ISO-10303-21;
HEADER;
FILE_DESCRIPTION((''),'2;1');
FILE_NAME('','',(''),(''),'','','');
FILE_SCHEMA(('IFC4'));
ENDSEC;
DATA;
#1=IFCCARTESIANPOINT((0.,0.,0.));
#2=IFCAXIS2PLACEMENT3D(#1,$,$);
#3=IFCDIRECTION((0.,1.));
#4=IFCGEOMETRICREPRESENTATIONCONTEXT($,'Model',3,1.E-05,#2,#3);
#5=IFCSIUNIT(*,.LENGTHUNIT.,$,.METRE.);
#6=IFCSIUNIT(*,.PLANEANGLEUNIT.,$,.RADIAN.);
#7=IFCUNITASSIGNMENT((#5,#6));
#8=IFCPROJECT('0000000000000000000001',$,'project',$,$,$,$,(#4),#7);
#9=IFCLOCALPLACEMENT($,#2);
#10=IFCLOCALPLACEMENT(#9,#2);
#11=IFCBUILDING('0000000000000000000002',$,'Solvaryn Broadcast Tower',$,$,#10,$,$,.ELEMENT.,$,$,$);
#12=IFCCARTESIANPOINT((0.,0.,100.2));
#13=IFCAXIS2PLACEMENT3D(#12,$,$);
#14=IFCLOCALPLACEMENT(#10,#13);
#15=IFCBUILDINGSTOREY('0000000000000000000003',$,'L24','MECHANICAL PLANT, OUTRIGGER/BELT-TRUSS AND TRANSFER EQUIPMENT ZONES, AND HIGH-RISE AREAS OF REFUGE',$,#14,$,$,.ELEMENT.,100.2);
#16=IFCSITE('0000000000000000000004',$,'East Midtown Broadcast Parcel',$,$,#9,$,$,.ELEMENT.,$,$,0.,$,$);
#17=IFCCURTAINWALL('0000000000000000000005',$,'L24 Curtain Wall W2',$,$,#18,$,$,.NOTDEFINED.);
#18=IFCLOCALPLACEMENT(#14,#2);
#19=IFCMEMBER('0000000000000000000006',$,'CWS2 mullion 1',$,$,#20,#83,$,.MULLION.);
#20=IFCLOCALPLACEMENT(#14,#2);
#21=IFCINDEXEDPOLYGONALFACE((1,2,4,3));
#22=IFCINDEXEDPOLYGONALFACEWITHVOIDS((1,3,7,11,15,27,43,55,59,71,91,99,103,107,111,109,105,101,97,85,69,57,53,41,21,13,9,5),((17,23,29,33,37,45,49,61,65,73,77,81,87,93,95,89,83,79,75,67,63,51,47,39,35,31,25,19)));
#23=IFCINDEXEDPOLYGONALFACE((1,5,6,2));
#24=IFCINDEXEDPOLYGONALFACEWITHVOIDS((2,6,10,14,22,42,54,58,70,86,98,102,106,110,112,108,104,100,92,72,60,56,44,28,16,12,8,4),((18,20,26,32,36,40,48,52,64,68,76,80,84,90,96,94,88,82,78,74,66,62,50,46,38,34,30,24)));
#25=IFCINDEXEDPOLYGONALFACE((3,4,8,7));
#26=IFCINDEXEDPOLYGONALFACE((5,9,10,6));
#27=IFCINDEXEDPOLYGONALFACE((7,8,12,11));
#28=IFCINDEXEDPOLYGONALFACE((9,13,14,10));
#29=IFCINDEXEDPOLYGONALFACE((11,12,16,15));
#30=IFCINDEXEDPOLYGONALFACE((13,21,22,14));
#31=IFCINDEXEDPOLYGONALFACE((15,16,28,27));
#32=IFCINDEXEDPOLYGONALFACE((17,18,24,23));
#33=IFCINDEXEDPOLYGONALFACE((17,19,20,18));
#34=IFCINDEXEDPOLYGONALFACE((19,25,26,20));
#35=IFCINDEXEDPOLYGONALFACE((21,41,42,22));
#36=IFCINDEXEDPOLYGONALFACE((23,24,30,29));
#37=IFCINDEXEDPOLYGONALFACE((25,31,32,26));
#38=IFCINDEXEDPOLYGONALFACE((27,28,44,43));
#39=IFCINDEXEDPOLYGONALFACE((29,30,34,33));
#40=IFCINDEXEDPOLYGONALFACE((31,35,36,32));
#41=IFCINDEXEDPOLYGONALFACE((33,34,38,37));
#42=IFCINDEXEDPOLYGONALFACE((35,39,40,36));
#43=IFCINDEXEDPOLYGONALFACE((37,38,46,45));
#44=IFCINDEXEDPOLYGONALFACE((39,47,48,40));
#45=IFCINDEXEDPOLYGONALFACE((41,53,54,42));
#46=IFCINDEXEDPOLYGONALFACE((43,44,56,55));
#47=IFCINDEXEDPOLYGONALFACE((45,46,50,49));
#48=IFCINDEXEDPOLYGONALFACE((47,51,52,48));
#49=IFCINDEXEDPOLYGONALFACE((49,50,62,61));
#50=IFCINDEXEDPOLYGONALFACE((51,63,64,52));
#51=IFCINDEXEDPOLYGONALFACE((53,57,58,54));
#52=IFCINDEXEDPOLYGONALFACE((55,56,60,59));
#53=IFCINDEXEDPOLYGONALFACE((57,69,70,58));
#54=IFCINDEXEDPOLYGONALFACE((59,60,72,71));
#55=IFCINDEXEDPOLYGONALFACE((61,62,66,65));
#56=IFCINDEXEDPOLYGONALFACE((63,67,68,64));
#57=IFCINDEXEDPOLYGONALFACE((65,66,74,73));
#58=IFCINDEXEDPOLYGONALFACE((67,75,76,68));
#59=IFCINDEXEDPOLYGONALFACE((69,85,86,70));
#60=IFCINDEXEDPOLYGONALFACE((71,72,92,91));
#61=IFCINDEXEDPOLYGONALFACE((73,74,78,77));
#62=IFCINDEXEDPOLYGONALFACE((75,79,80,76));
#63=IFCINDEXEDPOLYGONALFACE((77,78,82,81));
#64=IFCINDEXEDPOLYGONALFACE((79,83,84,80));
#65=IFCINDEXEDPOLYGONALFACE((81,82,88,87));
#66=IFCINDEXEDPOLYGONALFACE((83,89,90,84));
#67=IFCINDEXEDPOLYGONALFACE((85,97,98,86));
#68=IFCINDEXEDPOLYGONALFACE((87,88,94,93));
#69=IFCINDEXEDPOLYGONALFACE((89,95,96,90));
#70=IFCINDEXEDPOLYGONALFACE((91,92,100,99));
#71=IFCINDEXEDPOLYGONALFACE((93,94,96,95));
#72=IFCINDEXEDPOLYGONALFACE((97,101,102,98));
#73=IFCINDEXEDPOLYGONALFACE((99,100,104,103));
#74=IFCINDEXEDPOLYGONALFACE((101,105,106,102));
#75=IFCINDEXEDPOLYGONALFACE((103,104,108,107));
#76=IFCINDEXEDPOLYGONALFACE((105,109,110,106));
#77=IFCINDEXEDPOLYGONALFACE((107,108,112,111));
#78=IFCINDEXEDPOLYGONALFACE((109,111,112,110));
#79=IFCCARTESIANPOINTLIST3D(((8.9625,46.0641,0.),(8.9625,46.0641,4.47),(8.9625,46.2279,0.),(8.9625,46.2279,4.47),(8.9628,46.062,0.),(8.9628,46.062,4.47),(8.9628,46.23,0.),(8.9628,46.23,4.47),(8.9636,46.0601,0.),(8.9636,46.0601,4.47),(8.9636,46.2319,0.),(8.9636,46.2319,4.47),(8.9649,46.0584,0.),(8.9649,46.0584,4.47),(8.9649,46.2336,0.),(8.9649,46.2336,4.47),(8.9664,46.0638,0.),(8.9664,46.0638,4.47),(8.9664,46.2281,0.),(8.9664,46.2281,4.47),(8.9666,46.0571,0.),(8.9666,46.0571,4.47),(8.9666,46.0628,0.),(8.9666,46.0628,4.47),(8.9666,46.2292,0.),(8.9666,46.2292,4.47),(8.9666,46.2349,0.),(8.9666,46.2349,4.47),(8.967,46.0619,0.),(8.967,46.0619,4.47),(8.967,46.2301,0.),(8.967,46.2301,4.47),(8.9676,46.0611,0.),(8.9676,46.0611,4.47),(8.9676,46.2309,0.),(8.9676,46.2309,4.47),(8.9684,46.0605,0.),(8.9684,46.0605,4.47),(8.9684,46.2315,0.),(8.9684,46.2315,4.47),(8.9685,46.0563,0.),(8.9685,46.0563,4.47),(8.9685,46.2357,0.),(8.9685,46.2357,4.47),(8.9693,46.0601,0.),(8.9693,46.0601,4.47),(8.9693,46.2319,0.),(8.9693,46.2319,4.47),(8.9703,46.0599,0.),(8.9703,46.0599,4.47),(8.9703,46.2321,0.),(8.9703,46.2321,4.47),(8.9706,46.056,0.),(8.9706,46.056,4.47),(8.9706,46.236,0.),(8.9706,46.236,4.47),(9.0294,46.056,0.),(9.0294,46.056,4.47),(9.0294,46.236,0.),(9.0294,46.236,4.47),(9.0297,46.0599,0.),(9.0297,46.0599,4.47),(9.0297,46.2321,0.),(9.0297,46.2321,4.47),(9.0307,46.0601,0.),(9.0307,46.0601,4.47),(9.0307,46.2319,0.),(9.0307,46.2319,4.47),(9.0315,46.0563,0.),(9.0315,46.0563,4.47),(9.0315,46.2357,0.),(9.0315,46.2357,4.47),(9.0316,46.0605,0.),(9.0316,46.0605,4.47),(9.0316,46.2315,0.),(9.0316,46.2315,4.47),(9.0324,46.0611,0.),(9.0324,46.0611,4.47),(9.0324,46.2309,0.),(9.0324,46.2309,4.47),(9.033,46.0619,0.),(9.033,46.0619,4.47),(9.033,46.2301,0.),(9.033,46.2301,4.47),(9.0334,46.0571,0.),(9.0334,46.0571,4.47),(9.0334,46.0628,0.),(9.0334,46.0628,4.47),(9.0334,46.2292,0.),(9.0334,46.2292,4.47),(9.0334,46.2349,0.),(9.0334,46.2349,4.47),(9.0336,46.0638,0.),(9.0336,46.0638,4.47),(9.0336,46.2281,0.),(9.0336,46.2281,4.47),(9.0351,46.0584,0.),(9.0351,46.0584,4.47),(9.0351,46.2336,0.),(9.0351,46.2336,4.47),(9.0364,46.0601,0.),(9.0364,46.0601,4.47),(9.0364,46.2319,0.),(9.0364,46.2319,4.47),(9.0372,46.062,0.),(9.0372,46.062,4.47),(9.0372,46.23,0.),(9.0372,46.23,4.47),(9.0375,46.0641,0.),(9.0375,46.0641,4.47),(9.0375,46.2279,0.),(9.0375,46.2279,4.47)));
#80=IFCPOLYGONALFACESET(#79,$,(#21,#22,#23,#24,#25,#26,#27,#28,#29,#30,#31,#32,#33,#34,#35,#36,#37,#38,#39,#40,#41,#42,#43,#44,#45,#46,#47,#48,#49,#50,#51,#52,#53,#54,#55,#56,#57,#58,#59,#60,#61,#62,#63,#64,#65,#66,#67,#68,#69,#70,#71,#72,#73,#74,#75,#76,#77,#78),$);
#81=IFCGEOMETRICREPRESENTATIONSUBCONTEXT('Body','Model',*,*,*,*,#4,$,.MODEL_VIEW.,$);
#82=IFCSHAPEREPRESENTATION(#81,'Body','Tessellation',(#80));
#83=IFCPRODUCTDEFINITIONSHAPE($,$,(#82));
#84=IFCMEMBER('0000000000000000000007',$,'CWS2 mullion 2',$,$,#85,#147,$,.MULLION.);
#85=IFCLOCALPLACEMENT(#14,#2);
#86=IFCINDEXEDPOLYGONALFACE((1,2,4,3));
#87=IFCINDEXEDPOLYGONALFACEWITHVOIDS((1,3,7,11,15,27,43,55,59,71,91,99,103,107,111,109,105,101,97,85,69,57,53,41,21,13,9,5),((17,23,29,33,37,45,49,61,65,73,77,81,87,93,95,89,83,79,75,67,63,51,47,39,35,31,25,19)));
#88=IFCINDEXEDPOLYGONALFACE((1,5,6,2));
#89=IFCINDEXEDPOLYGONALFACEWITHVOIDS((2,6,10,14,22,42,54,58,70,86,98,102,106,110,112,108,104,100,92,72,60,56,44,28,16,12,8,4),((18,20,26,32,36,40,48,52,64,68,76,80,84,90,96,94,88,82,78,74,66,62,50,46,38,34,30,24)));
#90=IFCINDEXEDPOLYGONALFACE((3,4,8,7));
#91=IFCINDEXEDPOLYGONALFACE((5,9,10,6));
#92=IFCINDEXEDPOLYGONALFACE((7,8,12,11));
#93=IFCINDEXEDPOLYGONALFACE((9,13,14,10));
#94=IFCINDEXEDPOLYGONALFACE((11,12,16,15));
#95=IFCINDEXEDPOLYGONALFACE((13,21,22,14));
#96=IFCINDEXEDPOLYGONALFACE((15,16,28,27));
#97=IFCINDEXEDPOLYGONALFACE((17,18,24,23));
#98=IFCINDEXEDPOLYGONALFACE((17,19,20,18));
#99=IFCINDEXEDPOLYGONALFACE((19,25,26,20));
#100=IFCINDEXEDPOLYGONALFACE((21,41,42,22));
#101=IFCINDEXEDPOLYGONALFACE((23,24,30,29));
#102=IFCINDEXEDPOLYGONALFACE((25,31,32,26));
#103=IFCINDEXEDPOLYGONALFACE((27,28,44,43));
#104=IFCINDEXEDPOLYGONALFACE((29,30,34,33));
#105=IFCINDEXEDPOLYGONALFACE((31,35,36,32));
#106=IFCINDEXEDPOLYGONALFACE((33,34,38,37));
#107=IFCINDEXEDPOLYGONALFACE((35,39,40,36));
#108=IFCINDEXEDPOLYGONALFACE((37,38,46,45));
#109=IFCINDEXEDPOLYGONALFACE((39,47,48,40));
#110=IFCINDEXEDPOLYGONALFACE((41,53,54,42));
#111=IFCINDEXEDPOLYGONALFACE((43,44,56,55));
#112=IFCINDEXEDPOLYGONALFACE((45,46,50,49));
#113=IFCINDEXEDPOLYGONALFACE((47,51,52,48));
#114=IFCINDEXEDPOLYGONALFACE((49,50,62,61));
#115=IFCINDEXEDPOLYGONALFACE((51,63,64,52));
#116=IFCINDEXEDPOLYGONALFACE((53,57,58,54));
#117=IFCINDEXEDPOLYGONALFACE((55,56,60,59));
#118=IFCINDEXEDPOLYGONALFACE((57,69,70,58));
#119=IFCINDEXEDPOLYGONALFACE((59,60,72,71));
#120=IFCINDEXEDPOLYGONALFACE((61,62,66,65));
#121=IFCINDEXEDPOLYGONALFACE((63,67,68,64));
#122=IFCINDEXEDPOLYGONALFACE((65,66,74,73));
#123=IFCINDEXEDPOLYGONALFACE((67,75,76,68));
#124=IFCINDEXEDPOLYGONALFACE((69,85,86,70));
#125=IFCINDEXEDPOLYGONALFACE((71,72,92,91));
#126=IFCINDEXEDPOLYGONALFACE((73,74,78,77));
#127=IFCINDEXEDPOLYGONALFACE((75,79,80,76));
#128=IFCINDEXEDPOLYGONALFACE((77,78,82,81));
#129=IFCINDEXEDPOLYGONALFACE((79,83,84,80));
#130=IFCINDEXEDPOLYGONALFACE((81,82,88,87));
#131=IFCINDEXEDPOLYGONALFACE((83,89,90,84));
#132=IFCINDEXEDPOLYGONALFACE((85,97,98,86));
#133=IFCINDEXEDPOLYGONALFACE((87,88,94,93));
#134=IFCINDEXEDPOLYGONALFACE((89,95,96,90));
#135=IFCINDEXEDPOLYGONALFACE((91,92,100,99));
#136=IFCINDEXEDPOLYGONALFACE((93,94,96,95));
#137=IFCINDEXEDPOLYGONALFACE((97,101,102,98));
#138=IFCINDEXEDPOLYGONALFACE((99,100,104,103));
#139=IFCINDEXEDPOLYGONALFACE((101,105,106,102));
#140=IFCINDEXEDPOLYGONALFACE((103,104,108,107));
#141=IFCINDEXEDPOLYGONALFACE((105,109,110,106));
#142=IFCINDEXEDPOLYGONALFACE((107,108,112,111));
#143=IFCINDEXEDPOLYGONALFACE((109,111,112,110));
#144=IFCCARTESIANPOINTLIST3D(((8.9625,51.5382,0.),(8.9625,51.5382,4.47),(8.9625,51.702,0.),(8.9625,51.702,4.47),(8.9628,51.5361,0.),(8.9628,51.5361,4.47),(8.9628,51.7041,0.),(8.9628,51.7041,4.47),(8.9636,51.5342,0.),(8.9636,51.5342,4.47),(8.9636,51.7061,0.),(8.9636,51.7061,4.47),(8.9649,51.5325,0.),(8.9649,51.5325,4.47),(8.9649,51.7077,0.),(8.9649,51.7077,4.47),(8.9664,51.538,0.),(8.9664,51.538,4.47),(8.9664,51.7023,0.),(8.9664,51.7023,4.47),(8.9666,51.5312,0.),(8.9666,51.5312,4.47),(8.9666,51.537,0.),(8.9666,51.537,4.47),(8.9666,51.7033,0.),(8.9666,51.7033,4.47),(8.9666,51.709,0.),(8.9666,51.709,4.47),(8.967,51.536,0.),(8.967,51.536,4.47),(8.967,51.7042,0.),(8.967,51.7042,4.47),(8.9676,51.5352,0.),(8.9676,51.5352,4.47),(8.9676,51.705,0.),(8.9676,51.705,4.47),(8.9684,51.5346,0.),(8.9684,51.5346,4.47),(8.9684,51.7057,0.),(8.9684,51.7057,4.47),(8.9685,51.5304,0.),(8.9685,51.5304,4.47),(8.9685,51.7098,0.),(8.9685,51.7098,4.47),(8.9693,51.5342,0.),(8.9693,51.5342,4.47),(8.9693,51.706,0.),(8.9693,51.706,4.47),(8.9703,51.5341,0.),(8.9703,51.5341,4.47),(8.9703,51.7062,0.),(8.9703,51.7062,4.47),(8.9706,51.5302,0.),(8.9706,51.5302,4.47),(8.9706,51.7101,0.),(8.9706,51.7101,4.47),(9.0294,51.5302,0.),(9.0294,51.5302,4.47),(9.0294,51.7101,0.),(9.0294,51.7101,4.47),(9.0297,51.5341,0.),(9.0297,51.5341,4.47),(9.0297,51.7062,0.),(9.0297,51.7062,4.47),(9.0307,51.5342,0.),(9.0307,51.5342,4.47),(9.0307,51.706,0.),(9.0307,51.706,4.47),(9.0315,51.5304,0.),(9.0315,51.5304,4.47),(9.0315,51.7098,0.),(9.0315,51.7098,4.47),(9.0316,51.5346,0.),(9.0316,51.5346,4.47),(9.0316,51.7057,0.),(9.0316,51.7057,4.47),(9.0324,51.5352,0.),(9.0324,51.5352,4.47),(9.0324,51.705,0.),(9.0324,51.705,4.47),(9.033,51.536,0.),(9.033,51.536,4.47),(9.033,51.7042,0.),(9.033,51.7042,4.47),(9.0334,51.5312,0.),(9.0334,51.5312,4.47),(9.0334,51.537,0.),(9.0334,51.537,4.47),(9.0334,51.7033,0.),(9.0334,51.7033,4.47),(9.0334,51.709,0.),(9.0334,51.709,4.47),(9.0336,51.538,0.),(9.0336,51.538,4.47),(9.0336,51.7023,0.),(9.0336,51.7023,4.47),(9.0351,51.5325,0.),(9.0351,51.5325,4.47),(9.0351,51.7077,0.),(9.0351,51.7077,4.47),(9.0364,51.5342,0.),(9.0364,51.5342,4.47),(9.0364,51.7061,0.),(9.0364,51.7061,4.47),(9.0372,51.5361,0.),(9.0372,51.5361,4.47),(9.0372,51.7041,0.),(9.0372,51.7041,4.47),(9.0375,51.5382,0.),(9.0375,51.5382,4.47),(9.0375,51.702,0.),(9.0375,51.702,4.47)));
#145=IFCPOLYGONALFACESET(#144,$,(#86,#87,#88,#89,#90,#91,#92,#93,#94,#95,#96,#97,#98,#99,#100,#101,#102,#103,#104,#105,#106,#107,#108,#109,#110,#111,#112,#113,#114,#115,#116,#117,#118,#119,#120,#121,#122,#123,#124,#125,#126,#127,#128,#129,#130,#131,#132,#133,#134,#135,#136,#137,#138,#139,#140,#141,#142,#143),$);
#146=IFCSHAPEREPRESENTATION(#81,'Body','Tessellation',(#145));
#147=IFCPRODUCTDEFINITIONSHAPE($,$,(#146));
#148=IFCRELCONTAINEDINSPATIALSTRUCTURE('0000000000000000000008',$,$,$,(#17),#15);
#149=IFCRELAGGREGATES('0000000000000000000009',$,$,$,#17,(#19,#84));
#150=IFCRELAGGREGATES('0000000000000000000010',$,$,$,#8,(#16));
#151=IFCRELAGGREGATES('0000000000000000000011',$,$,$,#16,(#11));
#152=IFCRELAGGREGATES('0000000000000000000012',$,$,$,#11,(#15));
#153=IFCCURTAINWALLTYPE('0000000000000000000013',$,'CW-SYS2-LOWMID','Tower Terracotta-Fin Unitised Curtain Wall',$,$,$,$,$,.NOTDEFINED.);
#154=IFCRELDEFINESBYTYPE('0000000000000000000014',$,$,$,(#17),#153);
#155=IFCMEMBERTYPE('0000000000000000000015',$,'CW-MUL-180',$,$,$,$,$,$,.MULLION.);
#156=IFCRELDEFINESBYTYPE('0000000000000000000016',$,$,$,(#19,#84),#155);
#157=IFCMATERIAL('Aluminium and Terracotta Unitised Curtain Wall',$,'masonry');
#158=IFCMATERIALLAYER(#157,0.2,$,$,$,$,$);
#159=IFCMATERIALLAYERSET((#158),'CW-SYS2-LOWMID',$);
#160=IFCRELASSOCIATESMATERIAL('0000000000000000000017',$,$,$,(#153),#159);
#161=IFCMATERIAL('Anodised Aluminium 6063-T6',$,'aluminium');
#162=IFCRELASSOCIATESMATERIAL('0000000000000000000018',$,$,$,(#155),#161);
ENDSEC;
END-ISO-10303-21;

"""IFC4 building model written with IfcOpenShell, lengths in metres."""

from ifc_helpers import new_model, si_unit, direction, frame, origin, origin_2d, place, context, subcontext, project, spatial, hollow_rectangle, extrude, material, layer, layer_set, material_profile, profile_set, type_object, element, aggregate, save


model = new_model("IFC4")

# Units and contexts
model_context = context("Model", 3, precision=1e-05, world=origin(), true_north=direction((0.0, 1.0)))
body_context = subcontext(model_context, "Body", "Model", "MODEL_VIEW")
ifc_project = project(units=[si_unit("LENGTHUNIT", "METRE"), si_unit("PLANEANGLEUNIT", "RADIAN")], contexts=[model_context])

# Site, building, storey
site_placement = place(None, origin())
site = spatial("IfcSite", under=ifc_project, at=site_placement, Name="East Midtown Broadcast Parcel", CompositionType="ELEMENT", RefElevation=0.0)
building_placement = place(site_placement, origin())
building = spatial("IfcBuilding", under=site, at=building_placement, Name="Solvaryn Broadcast Tower", CompositionType="ELEMENT")
storey_placement = place(building_placement, frame((0.0, 0.0, 100.2)))
storey = spatial("IfcBuildingStorey", under=building, at=storey_placement, Name="L24", Description="MECHANICAL PLANT, OUTRIGGER/BELT-TRUSS AND TRANSFER EQUIPMENT ZONES, AND HIGH-RISE AREAS OF REFUGE", CompositionType="ELEMENT", Elevation=100.2)

# Shared definitions
ifc_material_1 = material(Name="Aluminium and Terracotta Unitised Curtain Wall", Category="masonry")
ifc_layer_1 = layer(ifc_material_1, 0.2)
ifc_layer_set_1 = layer_set([ifc_layer_1], Name="CW-SYS2-LOWMID")
curtain_wall_type = type_object("IfcCurtainWallType", Name="CW-SYS2-LOWMID", Description="Tower Terracotta-Fin Unitised Curtain Wall", PredefinedType="NOTDEFINED", material=ifc_layer_set_1)
ifc_material_2 = material(Name="Anodised Aluminium 6063-T6", Category="aluminium")
ifc_material_profile_1 = material_profile(ifc_material_2, hollow_rectangle(XDim=0.075, YDim=0.1799, WallThickness=0.0039, InnerFilletRadius=0.0039, OuterFilletRadius=0.0081, at=origin_2d()))
ifc_profile_set_1 = profile_set([ifc_material_profile_1], Name="Anodised Aluminium 6063-T6")
member_type_1 = type_object("IfcMemberType", Name="CW-MUL-180", PredefinedType="MULLION", material=ifc_profile_set_1)

# Curtain wall, members
curtain_wall_1_placement = place(storey_placement, origin())
curtain_wall_1 = element("IfcCurtainWall", 1, at=curtain_wall_1_placement, inside=storey, type_object=curtain_wall_type, Name="L24 Curtain Wall W2", PredefinedType="NOTDEFINED")
member_1_placement = place(storey_placement, frame((9.0, 46.146, 0.0), z_axis=(0.0, 0.0, 1.0), x_axis=(-1.0, 0.0, 0.0)))
member_1 = element("IfcMember", 2, at=member_1_placement, type_object=member_type_1, Name="CWS2 mullion 1", PredefinedType="MULLION", context=body_context, shape_type="SweptSolid", body=[
    extrude(hollow_rectangle(XDim=0.075, YDim=0.1799, WallThickness=0.0039, InnerFilletRadius=0.0039, OuterFilletRadius=0.0081, at=origin_2d()), origin(), (0.0, 0.0, 1.0), 4.47),
])
member_2_placement = place(storey_placement, frame((9.0, 51.6201, 0.0), z_axis=(0.0, 0.0, 1.0), x_axis=(-1.0, 0.0, 0.0)))
member_2 = element("IfcMember", 3, at=member_2_placement, type_object=member_type_1, Name="CWS2 mullion 2", PredefinedType="MULLION", context=body_context, shape_type="SweptSolid", body=[
    extrude(hollow_rectangle(XDim=0.075, YDim=0.1799, WallThickness=0.0039, InnerFilletRadius=0.0039, OuterFilletRadius=0.0081, at=origin_2d()), origin(), (0.0, 0.0, 1.0), 4.47),
])

aggregate(curtain_wall_1, [member_1, member_2])

save(model, "model.ifc")
